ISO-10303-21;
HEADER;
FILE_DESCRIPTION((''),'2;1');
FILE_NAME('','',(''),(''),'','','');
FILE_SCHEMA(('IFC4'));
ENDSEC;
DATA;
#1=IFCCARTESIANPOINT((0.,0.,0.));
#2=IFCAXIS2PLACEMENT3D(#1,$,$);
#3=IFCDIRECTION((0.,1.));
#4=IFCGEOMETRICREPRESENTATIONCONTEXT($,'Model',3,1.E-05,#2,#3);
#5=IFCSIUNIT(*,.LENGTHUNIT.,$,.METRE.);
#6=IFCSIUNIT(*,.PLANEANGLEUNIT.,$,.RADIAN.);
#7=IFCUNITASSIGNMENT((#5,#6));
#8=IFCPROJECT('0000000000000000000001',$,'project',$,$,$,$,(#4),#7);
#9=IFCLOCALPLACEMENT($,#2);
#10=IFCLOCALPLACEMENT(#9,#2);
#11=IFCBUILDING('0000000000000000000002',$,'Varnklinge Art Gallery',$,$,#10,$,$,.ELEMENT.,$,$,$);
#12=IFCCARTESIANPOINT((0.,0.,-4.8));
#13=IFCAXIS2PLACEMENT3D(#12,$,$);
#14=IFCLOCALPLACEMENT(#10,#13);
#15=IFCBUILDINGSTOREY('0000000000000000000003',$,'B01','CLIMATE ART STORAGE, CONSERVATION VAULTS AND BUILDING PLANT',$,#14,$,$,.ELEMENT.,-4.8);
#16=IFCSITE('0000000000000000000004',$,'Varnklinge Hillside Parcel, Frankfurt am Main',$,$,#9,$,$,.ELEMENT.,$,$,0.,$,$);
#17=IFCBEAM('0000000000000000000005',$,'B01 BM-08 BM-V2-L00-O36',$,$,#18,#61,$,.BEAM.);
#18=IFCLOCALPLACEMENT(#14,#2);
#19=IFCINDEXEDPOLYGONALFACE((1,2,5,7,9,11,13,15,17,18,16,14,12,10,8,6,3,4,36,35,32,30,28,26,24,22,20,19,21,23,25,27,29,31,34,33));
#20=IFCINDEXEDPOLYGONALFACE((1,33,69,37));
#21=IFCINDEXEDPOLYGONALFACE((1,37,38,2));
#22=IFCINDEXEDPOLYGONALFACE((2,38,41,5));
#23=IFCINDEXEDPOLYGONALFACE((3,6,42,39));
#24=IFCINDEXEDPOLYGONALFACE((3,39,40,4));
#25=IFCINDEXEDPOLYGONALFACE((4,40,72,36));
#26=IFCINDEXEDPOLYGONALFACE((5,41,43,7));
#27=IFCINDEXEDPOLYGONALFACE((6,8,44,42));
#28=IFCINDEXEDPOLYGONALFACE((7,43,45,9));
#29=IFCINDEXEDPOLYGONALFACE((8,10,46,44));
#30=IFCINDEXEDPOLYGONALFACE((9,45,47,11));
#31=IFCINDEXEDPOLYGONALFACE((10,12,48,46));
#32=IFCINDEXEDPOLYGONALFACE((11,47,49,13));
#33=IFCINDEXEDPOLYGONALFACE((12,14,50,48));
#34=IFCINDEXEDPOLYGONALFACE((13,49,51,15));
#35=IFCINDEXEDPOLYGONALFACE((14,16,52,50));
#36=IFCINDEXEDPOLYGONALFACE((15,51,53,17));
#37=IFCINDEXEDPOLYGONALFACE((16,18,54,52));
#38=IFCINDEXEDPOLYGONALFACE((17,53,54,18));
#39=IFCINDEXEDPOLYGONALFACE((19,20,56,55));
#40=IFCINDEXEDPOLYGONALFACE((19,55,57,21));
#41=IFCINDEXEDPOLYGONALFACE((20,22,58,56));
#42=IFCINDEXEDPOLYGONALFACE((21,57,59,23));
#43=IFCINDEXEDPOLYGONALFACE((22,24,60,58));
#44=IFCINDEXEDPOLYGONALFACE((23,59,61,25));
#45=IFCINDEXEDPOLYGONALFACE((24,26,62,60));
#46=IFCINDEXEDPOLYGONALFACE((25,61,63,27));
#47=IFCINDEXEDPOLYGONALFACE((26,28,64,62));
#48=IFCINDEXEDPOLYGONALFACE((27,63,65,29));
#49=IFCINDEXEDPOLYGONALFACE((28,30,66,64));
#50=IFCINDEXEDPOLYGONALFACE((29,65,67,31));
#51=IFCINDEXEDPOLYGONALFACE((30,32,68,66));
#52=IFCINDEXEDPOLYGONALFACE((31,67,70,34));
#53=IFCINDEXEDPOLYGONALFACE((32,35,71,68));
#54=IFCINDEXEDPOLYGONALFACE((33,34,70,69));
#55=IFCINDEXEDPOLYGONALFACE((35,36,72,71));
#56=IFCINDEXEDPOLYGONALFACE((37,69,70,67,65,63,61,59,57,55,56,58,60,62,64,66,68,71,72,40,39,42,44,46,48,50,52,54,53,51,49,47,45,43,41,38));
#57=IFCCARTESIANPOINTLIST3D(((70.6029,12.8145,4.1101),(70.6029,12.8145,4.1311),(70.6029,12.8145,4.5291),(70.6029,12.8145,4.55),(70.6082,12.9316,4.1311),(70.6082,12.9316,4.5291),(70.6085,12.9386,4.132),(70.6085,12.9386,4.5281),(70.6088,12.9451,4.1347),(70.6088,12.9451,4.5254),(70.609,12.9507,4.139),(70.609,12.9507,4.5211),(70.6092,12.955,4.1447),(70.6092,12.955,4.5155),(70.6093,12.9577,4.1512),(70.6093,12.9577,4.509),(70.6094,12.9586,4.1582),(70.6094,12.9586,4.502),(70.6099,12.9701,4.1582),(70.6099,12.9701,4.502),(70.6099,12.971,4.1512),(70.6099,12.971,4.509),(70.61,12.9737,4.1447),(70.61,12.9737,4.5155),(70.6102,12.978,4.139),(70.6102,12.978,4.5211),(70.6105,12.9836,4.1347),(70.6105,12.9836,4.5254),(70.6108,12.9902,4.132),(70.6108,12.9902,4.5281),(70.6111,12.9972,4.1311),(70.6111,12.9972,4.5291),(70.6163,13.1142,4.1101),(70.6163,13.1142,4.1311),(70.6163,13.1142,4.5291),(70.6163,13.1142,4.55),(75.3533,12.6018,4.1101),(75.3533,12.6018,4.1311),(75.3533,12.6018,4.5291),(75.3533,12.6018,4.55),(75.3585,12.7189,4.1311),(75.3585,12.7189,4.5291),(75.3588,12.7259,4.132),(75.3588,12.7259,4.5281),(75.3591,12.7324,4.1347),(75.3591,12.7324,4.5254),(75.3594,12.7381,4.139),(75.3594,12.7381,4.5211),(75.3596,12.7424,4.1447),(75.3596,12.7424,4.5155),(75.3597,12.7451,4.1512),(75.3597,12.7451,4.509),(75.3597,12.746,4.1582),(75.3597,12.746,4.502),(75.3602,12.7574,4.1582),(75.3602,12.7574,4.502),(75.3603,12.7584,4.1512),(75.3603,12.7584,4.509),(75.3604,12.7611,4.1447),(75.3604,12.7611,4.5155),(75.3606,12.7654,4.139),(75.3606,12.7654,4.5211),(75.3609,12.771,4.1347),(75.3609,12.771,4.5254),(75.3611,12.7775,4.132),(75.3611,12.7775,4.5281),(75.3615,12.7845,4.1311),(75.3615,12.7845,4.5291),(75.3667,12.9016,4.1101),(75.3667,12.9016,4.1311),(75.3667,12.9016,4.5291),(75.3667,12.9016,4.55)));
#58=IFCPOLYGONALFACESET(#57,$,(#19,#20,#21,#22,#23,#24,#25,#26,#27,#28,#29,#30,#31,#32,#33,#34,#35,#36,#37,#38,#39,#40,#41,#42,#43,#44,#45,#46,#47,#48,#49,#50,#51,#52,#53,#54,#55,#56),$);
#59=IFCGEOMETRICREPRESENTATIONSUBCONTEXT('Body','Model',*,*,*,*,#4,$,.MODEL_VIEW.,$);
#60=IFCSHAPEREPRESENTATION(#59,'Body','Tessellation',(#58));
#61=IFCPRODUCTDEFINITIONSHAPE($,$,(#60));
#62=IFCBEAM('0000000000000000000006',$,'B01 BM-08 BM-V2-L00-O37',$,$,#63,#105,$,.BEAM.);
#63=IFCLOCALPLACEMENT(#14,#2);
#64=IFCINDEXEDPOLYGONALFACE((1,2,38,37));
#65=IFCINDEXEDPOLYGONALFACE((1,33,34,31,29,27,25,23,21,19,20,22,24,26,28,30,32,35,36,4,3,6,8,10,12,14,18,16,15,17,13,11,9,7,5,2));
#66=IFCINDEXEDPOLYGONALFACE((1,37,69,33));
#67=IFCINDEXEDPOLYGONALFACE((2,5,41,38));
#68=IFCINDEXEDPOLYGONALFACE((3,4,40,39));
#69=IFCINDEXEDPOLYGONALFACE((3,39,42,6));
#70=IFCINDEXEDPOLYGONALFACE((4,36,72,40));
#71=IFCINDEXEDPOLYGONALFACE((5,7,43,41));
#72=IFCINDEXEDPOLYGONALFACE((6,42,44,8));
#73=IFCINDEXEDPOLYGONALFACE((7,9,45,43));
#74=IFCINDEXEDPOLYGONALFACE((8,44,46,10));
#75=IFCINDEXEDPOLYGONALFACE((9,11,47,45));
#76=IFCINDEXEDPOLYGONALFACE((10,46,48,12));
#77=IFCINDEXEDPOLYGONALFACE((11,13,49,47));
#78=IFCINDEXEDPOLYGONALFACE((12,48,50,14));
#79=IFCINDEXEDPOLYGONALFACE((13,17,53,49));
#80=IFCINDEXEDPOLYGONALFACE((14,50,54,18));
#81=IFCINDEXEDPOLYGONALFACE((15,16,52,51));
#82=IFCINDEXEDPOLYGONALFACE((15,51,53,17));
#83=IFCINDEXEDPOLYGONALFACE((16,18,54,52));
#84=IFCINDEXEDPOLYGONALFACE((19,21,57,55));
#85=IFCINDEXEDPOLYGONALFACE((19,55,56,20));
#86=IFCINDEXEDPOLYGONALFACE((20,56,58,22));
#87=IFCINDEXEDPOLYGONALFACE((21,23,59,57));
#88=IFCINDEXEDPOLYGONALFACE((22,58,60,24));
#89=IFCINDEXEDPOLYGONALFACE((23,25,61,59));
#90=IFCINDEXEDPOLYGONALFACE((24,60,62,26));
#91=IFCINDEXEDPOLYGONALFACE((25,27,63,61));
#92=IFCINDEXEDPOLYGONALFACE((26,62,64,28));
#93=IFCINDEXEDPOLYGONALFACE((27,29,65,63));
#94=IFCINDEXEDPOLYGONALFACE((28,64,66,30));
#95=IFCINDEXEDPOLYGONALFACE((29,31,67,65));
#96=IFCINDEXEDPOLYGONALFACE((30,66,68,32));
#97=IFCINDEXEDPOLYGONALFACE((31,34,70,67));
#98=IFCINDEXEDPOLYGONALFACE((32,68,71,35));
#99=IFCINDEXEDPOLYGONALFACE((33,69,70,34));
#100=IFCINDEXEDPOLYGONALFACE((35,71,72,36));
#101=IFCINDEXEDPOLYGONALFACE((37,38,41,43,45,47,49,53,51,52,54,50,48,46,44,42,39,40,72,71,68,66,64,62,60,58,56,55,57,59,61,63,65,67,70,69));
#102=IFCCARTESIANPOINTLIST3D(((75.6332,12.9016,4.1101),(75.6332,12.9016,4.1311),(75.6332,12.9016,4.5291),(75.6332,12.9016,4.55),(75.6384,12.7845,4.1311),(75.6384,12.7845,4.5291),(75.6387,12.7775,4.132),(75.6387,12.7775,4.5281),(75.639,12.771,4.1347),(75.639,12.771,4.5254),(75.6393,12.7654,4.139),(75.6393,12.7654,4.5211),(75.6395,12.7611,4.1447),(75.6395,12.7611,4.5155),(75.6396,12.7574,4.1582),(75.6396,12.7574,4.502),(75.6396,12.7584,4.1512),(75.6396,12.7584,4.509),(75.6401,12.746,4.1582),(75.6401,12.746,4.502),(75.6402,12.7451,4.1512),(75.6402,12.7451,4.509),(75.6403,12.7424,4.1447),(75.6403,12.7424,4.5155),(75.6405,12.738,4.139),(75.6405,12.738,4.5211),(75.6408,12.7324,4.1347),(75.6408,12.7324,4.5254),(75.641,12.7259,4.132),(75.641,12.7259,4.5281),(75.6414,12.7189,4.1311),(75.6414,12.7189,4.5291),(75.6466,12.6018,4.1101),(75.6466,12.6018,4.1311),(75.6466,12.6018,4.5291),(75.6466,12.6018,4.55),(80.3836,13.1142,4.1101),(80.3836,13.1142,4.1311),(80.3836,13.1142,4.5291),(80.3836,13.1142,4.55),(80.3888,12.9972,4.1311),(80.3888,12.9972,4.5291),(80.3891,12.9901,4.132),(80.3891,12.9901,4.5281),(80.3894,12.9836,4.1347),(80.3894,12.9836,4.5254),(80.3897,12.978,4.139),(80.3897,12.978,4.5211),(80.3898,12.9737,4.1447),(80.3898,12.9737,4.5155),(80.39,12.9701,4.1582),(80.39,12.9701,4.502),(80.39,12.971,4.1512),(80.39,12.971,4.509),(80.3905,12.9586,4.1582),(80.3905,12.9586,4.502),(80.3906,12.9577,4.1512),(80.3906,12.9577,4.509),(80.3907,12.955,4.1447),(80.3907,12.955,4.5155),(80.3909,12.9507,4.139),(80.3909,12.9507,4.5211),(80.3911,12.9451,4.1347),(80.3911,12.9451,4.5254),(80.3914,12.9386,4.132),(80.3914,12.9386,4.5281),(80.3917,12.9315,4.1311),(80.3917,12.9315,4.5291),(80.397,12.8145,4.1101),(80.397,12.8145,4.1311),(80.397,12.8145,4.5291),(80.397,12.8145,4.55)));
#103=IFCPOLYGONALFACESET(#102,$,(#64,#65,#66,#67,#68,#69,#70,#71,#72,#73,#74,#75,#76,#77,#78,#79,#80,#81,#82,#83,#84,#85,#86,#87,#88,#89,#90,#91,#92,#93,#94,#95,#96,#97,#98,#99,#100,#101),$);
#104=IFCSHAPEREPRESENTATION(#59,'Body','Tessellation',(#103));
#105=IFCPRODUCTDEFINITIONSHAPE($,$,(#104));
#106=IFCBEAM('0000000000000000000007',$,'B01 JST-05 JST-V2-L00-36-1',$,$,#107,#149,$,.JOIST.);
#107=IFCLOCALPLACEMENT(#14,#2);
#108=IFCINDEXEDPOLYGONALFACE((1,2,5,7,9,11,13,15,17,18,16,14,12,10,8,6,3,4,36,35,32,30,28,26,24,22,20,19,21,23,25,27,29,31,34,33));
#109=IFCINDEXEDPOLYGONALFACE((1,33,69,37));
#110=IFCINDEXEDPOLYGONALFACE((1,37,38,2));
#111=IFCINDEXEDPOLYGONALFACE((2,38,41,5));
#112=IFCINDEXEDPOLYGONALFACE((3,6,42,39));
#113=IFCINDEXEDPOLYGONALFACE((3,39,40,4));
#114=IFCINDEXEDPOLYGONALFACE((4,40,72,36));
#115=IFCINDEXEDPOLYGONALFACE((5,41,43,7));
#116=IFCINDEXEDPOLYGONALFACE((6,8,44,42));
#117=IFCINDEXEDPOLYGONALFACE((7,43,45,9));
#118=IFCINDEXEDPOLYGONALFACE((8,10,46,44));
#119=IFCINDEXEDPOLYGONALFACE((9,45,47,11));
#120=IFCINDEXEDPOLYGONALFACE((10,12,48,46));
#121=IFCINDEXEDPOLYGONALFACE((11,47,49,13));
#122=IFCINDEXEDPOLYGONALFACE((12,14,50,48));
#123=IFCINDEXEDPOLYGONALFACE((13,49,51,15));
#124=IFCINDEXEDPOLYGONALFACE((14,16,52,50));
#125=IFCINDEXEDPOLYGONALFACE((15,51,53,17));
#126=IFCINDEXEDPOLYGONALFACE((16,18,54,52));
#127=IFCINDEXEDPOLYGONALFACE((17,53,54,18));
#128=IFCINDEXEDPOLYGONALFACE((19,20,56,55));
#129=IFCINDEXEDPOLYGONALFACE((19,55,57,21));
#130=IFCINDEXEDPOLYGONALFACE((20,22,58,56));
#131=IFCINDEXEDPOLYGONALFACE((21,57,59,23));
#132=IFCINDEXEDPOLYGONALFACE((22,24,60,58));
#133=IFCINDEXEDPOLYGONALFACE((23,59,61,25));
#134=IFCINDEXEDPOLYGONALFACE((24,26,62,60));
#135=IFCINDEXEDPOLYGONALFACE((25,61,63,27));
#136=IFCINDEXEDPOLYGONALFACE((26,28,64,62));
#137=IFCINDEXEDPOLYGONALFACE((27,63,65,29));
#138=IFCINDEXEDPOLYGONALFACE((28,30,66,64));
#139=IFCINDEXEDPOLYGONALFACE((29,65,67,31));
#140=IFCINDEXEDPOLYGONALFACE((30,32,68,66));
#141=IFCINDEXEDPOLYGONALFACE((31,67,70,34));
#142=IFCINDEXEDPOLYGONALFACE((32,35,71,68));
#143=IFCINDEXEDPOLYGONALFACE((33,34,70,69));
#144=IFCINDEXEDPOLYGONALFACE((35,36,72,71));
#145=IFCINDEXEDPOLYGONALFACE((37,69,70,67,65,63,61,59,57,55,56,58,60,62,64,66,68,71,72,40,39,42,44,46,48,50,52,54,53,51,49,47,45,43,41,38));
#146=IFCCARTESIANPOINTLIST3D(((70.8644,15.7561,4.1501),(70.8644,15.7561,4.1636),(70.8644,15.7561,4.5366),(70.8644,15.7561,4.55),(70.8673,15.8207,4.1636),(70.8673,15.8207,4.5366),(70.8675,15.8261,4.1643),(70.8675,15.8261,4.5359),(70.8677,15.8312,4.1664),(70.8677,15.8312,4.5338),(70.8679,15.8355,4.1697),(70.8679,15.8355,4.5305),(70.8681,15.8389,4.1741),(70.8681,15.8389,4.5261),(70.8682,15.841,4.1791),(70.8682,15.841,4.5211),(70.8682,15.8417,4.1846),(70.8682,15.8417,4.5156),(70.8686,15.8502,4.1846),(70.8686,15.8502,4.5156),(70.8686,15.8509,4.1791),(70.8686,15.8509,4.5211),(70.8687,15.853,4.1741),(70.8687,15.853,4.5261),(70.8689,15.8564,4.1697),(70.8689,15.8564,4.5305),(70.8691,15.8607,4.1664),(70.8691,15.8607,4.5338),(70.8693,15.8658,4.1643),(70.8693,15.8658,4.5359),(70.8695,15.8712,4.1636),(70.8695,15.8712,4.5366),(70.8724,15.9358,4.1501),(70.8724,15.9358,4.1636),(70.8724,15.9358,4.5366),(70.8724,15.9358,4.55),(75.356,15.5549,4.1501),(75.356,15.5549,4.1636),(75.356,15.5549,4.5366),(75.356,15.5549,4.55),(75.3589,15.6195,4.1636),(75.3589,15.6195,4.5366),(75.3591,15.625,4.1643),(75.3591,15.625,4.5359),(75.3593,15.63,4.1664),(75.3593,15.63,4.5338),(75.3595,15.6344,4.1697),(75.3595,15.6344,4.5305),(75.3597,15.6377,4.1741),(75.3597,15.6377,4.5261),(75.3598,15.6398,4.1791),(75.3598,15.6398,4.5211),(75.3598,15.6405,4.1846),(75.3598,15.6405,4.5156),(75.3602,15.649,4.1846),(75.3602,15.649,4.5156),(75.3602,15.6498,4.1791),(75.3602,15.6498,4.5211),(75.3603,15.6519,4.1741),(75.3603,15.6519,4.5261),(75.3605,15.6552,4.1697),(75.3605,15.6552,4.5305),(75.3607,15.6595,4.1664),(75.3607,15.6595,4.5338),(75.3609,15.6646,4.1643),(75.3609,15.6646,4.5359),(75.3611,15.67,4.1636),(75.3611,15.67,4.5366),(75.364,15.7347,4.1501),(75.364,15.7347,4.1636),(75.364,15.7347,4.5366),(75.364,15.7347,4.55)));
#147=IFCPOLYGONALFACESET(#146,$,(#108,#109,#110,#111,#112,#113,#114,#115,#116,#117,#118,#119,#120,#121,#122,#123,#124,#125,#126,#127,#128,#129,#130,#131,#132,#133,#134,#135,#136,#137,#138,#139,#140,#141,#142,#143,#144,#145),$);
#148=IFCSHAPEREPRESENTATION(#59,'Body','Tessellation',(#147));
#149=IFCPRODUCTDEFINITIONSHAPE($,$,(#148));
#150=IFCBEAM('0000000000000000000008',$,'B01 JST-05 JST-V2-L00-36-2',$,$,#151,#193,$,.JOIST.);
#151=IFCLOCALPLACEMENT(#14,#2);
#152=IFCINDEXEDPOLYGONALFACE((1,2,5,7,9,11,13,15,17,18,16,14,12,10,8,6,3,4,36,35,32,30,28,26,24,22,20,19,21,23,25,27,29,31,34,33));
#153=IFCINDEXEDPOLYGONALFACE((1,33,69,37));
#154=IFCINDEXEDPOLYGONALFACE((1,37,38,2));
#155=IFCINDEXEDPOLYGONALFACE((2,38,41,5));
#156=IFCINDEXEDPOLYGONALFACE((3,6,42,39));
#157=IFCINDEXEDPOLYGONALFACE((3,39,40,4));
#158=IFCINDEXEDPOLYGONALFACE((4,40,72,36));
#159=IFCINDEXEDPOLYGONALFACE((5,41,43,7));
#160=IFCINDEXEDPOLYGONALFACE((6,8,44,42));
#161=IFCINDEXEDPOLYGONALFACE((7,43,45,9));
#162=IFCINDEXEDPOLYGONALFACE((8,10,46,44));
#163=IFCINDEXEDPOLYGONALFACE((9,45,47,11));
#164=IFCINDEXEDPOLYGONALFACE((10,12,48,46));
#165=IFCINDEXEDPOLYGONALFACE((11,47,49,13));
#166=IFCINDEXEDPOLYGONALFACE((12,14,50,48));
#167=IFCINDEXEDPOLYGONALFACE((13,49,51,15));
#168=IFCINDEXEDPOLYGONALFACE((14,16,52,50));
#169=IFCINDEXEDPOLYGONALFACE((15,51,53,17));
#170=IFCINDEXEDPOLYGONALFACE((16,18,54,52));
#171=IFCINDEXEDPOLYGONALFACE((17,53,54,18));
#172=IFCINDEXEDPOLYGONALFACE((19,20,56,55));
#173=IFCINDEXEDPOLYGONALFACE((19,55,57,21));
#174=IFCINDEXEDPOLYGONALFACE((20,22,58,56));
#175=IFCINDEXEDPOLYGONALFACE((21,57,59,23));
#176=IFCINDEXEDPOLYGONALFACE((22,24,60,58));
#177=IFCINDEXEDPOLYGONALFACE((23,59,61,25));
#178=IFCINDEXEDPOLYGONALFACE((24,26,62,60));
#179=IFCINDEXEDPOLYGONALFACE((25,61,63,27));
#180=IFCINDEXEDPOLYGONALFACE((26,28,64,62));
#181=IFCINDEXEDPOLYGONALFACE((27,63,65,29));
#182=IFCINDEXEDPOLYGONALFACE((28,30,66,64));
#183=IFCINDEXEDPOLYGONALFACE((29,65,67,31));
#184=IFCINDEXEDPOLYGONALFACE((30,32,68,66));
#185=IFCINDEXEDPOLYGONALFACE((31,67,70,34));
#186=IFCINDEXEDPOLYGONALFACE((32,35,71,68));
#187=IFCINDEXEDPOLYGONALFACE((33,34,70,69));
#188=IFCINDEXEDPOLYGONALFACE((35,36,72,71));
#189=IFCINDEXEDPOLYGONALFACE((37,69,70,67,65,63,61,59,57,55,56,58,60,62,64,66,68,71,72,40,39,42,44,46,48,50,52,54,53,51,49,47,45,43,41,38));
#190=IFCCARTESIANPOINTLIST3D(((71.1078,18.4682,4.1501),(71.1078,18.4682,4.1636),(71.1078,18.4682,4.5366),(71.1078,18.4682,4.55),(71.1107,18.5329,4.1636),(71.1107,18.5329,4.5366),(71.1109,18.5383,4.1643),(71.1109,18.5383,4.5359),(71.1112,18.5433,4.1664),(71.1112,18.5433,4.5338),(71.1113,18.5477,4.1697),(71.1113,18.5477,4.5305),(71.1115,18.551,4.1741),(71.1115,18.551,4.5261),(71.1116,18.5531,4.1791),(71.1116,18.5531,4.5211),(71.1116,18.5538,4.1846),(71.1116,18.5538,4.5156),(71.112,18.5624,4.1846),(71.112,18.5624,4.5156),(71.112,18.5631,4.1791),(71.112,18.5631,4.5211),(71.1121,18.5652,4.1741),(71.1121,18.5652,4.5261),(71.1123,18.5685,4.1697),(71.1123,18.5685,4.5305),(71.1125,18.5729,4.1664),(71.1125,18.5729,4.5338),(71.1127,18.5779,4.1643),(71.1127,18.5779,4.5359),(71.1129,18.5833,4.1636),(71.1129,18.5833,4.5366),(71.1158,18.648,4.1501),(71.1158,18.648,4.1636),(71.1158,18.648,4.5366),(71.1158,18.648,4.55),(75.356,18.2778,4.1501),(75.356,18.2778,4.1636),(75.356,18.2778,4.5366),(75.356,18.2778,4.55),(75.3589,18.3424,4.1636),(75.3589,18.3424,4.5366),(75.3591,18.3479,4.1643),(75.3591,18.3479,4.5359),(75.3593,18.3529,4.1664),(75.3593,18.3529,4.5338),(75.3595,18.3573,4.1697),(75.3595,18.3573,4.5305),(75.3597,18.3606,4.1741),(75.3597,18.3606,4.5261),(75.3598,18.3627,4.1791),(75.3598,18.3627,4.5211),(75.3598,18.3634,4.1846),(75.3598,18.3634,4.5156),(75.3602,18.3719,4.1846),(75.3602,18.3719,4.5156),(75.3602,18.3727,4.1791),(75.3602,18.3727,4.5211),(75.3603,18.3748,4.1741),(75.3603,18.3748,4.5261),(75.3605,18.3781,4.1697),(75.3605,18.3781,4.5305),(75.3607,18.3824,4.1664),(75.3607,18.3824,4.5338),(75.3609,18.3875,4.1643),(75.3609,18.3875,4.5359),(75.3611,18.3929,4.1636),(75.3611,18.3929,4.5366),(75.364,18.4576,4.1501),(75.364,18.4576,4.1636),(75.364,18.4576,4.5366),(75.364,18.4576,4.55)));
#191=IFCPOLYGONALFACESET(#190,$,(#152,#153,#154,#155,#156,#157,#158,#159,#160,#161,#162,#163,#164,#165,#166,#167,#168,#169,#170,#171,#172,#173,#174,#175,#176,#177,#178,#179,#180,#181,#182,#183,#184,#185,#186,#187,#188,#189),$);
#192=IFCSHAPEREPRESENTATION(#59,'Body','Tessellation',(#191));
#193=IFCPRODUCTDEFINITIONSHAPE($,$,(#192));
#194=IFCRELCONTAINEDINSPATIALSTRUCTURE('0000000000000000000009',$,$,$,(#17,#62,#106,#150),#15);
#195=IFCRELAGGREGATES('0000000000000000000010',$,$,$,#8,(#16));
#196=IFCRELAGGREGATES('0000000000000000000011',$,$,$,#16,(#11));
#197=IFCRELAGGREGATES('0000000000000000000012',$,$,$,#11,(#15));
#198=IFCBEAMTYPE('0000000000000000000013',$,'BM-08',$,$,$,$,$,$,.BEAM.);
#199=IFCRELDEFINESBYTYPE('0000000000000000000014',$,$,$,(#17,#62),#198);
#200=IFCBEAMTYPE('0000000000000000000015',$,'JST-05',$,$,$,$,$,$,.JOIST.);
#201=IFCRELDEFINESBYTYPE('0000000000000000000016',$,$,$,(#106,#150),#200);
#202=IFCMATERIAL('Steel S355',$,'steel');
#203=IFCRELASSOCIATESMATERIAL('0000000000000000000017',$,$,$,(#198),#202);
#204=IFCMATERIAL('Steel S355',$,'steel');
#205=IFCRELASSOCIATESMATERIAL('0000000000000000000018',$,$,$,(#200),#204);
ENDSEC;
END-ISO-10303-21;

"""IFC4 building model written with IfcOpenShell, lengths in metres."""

from ifc_helpers import new_model, si_unit, direction, frame, origin, origin_2d, place, context, subcontext, project, spatial, i_section, extrude, material, material_profile, profile_set, type_object, element, save


model = new_model("IFC4")

# Units and contexts
model_context = context("Model", 3, precision=1e-05, world=origin(), true_north=direction((0.0, 1.0)))
body_context = subcontext(model_context, "Body", "Model", "MODEL_VIEW")
ifc_project = project(units=[si_unit("LENGTHUNIT", "METRE"), si_unit("PLANEANGLEUNIT", "RADIAN")], contexts=[model_context])

# Site, building, storey
site_placement = place(None, origin())
site = spatial("IfcSite", under=ifc_project, at=site_placement, Name="Varnklinge Hillside Parcel, Frankfurt am Main", CompositionType="ELEMENT", RefElevation=0.0)
building_placement = place(site_placement, origin())
building = spatial("IfcBuilding", under=site, at=building_placement, Name="Varnklinge Art Gallery", CompositionType="ELEMENT")
storey_placement = place(building_placement, frame((0.0, 0.0, -4.8)))
storey = spatial("IfcBuildingStorey", under=building, at=storey_placement, Name="B01", Description="CLIMATE ART STORAGE, CONSERVATION VAULTS AND BUILDING PLANT", CompositionType="ELEMENT", Elevation=-4.8)

# Beams
ifc_material_1 = material(Name="Steel S355", Category="steel")
ifc_material_profile_1 = material_profile(ifc_material_1, i_section(OverallWidth=0.3, OverallDepth=0.4399, WebThickness=0.0115, FlangeThickness=0.021, FilletRadius=0.0271, at=origin_2d()), Name="HEA 450")
ifc_profile_set_1 = profile_set([ifc_material_profile_1], Name="Steel S355")
beam_type_1 = type_object("IfcBeamType", Name="BM-08", PredefinedType="BEAM", material=ifc_profile_set_1)
for number, where, z_axis, x_axis, name in (
    (1, (70.6096, 12.9644, 4.3301), (0.999, -0.044718, 0.0), (0.044718, 0.999, 0.0), "B01 BM-08 BM-V2-L00-O36"),
    (2, (75.6399, 12.7517, 4.3301), (0.999, 0.044718, 0.0), (-0.044718, 0.999, 0.0), "B01 BM-08 BM-V2-L00-O37"),
):
    element("IfcBeam", number, at=place(storey_placement, frame(where, z_axis=z_axis, x_axis=x_axis)), inside=storey, type_object=beam_type_1, Name=name, PredefinedType="BEAM", context=body_context, shape_type="SweptSolid", body=[
        extrude(i_section(OverallWidth=0.3, OverallDepth=0.4399, WebThickness=0.0115, FlangeThickness=0.021, FilletRadius=0.0271, at=origin_2d()), origin(), (0.0, 0.0, 1.0), 4.7551),
    ])
ifc_material_2 = material(Name="Steel S355", Category="steel")
ifc_material_profile_2 = material_profile(ifc_material_2, i_section(OverallWidth=0.1799, OverallDepth=0.3999, WebThickness=0.0085, FlangeThickness=0.0134, FilletRadius=0.021, at=origin_2d()), Name="IPE 400")
ifc_profile_set_2 = profile_set([ifc_material_profile_2], Name="Steel S355")
beam_type_2 = type_object("IfcBeamType", Name="JST-05", PredefinedType="JOIST", material=ifc_profile_set_2)
beam_1_placement = place(storey_placement, frame((70.8684, 15.8459, 4.3501), z_axis=(0.998999, -0.044743, 0.0), x_axis=(0.044743, 0.998999, 0.0)))
element("IfcBeam", 3, at=beam_1_placement, inside=storey, type_object=beam_type_2, Name="B01 JST-05 JST-V2-L00-36-1", PredefinedType="JOIST", context=body_context, shape_type="SweptSolid", body=[
    extrude(i_section(OverallWidth=0.1799, OverallDepth=0.3999, WebThickness=0.0085, FlangeThickness=0.0134, FilletRadius=0.021, at=origin_2d()), origin(), (0.0, 0.0, 1.0), 4.4961),
])
beam_2_placement = place(storey_placement, frame((71.1118, 18.5581, 4.3501), z_axis=(0.998997, -0.04478, 0.0), x_axis=(0.04478, 0.998997, 0.0)))
element("IfcBeam", 4, at=beam_2_placement, inside=storey, type_object=beam_type_2, Name="B01 JST-05 JST-V2-L00-36-2", PredefinedType="JOIST", context=body_context, shape_type="SweptSolid", body=[
    extrude(i_section(OverallWidth=0.1799, OverallDepth=0.3999, WebThickness=0.0085, FlangeThickness=0.0134, FilletRadius=0.021, at=origin_2d()), origin(), (0.0, 0.0, 1.0), 4.2524),
])

save(model, "model.ifc")
